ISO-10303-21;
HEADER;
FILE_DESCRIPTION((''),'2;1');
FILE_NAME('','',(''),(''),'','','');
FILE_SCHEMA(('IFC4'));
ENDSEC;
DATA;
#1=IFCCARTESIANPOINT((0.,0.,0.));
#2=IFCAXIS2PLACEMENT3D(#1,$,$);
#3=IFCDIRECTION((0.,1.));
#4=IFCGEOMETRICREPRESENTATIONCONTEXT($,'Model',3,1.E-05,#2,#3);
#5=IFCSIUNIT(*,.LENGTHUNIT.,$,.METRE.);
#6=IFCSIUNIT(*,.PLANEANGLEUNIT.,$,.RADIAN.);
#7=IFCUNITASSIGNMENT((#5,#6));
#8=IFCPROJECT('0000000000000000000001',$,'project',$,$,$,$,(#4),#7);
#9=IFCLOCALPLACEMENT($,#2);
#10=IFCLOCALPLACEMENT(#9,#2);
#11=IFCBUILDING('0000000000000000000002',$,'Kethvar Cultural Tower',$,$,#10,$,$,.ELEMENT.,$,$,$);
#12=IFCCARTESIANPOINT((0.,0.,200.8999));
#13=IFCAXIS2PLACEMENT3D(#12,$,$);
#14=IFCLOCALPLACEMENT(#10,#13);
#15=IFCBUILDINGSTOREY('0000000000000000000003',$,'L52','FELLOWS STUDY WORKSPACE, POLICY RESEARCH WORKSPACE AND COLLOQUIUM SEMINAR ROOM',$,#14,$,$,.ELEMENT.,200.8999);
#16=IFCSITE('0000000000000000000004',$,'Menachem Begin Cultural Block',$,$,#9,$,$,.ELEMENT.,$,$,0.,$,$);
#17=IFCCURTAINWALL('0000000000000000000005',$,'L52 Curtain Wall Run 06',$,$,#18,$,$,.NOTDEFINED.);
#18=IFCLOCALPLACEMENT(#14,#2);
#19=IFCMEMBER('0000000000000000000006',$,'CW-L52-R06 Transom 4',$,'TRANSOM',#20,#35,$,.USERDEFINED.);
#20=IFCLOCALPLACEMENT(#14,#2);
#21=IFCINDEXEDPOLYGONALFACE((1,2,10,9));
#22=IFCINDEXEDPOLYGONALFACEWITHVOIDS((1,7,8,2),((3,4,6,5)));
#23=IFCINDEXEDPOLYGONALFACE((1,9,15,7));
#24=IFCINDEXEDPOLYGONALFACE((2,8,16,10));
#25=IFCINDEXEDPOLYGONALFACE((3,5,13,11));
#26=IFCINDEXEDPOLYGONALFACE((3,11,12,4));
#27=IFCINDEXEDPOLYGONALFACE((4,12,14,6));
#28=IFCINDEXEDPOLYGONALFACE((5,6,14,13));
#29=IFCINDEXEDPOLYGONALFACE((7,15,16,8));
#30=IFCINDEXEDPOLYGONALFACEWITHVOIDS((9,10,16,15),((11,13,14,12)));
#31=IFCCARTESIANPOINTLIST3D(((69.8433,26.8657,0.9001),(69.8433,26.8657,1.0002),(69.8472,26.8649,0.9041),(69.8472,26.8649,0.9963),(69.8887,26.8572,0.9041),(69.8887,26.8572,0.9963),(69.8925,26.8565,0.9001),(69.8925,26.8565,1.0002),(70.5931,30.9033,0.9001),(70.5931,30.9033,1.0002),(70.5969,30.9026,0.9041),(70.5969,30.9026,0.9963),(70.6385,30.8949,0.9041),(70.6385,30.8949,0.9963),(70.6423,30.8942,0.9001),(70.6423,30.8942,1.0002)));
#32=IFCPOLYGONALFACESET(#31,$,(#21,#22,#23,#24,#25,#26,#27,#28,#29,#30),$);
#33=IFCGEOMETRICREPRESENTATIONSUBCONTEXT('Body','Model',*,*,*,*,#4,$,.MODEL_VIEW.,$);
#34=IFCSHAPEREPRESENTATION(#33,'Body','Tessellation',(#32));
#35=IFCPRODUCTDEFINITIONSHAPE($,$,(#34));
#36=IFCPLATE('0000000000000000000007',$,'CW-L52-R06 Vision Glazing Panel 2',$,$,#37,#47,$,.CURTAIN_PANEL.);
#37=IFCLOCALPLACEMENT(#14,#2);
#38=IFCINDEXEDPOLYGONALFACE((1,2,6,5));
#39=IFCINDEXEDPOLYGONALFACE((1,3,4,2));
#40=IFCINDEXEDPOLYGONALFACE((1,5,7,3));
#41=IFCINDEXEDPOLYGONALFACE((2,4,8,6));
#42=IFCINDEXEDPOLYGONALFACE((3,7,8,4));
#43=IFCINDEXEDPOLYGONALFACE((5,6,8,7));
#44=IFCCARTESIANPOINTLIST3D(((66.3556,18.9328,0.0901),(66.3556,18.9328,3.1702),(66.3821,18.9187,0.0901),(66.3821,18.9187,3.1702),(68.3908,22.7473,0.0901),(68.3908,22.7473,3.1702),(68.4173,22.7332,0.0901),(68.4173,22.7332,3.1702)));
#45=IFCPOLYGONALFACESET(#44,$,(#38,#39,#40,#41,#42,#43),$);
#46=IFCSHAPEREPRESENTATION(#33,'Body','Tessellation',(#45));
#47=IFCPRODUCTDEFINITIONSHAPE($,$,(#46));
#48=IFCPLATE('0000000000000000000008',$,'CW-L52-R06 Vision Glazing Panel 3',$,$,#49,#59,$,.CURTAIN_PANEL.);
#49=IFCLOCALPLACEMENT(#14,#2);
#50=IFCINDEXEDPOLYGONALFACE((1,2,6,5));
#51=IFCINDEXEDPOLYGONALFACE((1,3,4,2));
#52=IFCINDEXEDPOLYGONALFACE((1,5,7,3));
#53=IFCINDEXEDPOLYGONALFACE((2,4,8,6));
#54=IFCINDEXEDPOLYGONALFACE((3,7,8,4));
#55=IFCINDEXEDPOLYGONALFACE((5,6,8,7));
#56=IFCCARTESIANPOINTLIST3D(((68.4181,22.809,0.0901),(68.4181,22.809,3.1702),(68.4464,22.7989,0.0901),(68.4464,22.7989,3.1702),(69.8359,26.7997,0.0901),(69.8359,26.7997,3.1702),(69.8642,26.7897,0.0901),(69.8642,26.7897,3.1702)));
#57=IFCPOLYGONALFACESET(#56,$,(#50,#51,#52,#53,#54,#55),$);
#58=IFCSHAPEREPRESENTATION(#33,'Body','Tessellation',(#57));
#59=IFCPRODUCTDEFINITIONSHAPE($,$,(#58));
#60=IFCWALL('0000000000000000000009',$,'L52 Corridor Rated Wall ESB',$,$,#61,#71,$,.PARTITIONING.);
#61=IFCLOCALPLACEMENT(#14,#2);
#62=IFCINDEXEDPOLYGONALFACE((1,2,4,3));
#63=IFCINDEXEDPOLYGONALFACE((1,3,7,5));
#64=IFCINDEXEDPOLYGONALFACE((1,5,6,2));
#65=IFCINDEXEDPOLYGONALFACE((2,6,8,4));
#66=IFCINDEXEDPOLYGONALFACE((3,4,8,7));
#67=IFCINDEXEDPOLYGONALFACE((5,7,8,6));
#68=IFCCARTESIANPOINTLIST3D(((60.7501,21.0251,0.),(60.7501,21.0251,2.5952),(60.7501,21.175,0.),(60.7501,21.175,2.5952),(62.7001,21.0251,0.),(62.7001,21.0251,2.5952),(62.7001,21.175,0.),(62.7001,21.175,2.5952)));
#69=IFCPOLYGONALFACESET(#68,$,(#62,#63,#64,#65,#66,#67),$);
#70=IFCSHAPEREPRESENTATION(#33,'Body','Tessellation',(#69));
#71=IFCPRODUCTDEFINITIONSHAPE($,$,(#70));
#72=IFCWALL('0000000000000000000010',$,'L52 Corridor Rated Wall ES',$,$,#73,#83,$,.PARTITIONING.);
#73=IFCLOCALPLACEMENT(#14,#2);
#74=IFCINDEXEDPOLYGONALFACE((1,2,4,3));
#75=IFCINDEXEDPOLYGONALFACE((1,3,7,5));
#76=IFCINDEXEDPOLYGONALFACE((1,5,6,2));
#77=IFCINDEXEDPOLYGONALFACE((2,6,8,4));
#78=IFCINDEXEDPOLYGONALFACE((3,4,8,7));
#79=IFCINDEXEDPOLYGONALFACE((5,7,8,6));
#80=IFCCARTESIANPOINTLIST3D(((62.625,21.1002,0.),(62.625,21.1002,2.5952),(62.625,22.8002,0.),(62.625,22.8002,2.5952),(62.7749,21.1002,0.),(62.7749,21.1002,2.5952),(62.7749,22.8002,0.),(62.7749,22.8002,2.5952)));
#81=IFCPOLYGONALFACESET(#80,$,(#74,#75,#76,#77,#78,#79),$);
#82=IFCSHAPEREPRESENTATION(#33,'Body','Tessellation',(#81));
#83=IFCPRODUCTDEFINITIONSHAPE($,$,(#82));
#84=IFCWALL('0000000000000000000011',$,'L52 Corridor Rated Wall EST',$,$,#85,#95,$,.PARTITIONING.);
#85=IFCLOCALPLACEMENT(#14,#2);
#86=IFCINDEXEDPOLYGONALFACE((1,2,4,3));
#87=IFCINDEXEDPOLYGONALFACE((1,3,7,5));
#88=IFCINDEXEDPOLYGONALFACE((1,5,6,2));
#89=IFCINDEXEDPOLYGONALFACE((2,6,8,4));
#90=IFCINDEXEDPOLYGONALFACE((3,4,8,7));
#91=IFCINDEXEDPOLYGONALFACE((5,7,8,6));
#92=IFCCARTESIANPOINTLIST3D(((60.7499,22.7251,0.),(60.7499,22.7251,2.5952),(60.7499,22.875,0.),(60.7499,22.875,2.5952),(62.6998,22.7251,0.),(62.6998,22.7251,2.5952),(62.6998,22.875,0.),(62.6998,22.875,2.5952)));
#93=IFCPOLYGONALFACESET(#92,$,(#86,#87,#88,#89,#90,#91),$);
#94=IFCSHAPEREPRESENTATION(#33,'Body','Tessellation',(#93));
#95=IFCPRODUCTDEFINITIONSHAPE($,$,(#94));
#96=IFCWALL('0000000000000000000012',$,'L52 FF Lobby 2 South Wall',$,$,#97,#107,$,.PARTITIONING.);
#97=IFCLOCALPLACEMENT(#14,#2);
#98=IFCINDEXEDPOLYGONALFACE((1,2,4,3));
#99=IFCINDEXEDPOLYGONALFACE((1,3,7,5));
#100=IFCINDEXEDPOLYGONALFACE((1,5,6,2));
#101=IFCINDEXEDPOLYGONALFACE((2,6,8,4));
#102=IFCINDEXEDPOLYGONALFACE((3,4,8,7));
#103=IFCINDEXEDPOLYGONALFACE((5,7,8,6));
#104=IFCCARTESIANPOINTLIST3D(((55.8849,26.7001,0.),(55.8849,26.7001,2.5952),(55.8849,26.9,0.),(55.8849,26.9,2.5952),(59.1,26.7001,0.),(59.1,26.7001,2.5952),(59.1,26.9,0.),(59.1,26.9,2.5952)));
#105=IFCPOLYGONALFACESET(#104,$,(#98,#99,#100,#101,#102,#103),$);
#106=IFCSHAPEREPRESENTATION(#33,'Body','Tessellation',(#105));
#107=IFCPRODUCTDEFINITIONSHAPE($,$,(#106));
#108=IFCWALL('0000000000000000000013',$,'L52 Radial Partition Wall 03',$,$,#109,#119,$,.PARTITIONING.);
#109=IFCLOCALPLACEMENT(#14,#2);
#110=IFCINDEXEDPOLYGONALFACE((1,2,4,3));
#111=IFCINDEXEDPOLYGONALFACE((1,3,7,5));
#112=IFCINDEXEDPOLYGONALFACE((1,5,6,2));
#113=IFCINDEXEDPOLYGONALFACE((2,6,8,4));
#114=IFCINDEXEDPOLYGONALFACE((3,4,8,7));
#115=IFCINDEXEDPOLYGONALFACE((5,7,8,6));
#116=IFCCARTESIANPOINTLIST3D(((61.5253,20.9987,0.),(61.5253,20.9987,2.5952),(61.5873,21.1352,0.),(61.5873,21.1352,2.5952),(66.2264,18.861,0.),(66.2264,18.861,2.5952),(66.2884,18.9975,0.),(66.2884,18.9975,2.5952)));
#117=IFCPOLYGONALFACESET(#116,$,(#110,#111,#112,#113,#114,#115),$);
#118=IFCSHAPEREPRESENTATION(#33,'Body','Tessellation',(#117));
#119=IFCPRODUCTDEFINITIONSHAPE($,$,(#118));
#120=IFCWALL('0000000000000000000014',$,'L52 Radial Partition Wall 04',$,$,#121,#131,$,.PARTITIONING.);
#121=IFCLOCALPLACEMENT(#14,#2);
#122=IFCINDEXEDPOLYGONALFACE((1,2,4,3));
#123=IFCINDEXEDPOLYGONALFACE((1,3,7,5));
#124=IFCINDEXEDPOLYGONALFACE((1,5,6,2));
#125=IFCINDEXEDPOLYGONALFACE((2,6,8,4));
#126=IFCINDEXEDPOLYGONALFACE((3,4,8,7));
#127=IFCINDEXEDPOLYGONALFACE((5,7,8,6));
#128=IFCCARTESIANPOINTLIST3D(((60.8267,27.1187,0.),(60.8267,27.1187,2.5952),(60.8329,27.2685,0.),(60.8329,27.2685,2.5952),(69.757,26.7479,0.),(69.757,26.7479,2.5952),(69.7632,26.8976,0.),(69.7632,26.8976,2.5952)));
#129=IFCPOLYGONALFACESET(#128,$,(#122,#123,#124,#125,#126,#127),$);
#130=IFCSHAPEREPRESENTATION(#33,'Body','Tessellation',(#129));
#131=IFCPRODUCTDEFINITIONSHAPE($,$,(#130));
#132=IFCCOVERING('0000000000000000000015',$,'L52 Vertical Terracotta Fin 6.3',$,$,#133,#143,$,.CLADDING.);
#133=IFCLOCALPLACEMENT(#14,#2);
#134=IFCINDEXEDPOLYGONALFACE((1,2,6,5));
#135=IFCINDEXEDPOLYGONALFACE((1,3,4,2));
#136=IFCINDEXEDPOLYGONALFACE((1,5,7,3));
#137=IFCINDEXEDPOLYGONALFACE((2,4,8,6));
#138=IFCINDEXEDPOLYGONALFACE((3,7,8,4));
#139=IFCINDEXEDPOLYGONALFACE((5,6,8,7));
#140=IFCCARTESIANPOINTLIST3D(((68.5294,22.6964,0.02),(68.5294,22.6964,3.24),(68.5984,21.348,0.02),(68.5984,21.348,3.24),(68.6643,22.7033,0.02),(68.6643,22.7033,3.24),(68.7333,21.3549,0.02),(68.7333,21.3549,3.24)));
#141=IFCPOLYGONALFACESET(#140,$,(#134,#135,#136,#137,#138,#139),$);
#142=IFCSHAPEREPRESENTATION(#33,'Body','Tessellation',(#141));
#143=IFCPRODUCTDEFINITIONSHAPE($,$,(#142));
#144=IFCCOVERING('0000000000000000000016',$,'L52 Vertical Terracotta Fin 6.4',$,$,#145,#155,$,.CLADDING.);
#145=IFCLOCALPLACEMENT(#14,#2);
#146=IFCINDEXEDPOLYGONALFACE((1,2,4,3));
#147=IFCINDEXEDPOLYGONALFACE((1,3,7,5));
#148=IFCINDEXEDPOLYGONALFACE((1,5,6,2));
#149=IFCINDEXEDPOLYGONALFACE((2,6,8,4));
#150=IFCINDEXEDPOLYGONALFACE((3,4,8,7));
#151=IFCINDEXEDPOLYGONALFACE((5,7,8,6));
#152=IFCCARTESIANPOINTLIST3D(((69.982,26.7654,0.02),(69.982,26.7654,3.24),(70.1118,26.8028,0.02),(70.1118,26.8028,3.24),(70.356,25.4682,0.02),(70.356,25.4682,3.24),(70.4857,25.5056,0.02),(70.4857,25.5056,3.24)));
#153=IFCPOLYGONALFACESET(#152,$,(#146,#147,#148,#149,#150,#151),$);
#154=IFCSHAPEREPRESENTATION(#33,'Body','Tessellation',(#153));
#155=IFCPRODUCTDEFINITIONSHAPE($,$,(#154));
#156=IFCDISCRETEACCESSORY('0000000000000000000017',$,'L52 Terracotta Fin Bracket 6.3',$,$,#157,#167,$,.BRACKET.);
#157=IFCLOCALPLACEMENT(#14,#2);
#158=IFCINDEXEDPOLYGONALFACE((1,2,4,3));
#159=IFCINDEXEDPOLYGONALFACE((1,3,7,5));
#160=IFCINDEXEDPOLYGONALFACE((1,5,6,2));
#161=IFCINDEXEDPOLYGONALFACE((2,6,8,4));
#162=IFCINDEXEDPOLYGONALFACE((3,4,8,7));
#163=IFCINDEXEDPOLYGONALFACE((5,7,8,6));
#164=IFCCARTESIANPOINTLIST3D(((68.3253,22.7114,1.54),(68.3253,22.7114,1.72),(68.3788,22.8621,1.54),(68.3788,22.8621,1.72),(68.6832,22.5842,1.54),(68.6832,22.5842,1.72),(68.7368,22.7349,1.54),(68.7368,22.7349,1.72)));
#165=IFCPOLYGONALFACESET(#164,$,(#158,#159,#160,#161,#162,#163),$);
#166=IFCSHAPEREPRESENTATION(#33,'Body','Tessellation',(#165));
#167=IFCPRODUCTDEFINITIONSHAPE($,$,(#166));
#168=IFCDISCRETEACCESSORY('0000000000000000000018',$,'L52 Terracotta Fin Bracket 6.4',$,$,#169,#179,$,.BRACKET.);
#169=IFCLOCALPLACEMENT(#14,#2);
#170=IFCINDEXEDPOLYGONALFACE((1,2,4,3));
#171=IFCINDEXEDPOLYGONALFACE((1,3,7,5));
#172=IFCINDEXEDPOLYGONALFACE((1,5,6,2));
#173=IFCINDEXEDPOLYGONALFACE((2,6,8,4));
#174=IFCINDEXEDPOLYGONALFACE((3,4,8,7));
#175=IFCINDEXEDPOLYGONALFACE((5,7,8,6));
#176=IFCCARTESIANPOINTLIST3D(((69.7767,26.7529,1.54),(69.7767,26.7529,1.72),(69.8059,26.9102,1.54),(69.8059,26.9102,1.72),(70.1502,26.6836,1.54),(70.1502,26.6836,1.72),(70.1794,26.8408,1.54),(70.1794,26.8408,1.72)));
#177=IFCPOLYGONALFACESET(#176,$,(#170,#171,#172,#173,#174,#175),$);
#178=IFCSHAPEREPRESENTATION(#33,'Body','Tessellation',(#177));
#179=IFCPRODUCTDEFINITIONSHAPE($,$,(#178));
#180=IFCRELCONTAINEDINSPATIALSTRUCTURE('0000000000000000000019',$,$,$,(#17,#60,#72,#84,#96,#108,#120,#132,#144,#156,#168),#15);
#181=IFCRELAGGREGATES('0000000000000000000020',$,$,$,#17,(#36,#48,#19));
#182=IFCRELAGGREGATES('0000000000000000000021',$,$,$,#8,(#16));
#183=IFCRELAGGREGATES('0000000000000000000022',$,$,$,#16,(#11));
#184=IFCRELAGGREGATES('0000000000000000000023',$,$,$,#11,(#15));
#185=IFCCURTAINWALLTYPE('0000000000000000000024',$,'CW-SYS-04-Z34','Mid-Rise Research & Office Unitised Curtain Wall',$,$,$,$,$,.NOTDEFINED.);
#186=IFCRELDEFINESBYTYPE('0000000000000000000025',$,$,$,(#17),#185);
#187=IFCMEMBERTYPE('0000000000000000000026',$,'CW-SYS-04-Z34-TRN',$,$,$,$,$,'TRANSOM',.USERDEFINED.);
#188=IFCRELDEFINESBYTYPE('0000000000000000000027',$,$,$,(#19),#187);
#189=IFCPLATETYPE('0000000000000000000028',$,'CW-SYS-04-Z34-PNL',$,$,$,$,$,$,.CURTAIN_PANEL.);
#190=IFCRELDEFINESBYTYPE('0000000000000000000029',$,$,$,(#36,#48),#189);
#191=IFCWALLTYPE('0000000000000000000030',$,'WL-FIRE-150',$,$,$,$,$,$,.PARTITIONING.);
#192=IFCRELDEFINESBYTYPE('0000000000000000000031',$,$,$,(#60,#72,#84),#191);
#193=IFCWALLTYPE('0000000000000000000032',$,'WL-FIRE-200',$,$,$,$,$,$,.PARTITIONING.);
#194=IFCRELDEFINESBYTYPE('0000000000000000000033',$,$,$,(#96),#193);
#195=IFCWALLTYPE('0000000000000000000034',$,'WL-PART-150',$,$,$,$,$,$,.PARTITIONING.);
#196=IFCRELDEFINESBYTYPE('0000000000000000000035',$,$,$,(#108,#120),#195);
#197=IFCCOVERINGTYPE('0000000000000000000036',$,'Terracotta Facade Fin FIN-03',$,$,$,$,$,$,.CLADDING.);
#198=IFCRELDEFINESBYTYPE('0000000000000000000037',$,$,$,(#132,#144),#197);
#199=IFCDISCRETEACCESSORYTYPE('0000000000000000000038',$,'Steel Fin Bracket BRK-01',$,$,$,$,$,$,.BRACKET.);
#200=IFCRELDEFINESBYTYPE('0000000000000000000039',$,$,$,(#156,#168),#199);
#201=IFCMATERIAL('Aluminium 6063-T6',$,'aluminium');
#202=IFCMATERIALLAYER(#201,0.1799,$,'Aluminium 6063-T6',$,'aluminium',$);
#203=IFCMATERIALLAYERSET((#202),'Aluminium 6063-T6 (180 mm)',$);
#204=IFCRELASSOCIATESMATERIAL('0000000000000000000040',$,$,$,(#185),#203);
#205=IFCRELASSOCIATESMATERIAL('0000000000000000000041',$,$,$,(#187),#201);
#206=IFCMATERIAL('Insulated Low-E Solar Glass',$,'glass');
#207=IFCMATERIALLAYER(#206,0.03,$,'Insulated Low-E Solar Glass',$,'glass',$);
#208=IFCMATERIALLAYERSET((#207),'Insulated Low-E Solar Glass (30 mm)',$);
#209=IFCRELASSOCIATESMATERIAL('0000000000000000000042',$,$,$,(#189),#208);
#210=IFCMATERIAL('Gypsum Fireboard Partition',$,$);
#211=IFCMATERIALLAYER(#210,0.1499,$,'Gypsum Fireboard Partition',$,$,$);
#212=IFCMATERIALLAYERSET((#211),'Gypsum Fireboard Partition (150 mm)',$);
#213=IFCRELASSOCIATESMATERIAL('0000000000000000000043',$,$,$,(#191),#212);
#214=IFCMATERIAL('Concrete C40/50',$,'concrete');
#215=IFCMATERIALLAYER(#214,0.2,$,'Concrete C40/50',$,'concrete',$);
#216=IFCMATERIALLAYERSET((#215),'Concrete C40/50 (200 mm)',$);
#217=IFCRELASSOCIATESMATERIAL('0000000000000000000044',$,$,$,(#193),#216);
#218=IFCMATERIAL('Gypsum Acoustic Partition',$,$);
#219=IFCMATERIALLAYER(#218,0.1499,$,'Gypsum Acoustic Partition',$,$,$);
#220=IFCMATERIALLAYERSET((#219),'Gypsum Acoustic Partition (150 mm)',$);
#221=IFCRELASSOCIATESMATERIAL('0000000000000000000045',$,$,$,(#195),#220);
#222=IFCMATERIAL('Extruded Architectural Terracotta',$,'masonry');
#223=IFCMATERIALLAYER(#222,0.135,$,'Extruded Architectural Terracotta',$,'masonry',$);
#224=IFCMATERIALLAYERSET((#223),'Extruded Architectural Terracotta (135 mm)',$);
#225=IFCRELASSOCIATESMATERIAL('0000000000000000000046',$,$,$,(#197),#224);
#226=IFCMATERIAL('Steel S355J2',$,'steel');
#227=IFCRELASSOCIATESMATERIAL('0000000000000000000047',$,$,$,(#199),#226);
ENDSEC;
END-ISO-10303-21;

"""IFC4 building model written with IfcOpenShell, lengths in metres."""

from ifc_helpers import new_model, si_unit, direction, frame, frame_2d, origin, origin_2d, place, context, subcontext, project, spatial, rectangle, hollow_rectangle, extrude, source, transform, mapped, material, layer, layer_set, material_profile, profile_set, type_object, element, aggregate, save


model = new_model("IFC4")

# Units and contexts
model_context = context("Model", 3, precision=1e-05, world=origin(), true_north=direction((0.0, 1.0)))
body_context = subcontext(model_context, "Body", "Model", "MODEL_VIEW")
ifc_project = project(units=[si_unit("LENGTHUNIT", "METRE"), si_unit("PLANEANGLEUNIT", "RADIAN")], contexts=[model_context])

# Site, building, storey
site_placement = place(None, origin())
site = spatial("IfcSite", under=ifc_project, at=site_placement, Name="Menachem Begin Cultural Block", CompositionType="ELEMENT", RefElevation=0.0)
building_placement = place(site_placement, origin())
building = spatial("IfcBuilding", under=site, at=building_placement, Name="Kethvar Cultural Tower", CompositionType="ELEMENT")
storey_placement = place(building_placement, frame((0.0, 0.0, 200.8999)))
storey = spatial("IfcBuildingStorey", under=building, at=storey_placement, Name="L52", Description="FELLOWS STUDY WORKSPACE, POLICY RESEARCH WORKSPACE AND COLLOQUIUM SEMINAR ROOM", CompositionType="ELEMENT", Elevation=200.8999)

# Shared definitions
ifc_material_1 = material(Name="Steel S355J2", Category="steel")

# Curtain wall, member, plates
ifc_material_2 = material(Name="Aluminium 6063-T6", Category="aluminium")
ifc_layer_1 = layer(ifc_material_2, 0.1799, Name="Aluminium 6063-T6", Category="aluminium")
ifc_layer_set_1 = layer_set([ifc_layer_1], Name="Aluminium 6063-T6 (180 mm)")
curtain_wall_type = type_object("IfcCurtainWallType", Name="CW-SYS-04-Z34", Description="Mid-Rise Research & Office Unitised Curtain Wall", PredefinedType="NOTDEFINED", material=ifc_layer_set_1)
curtain_wall_placement = place(storey_placement, origin())
curtain_wall = element("IfcCurtainWall", 1, at=curtain_wall_placement, inside=storey, type_object=curtain_wall_type, Name="L52 Curtain Wall Run 06", PredefinedType="NOTDEFINED")
ifc_material_profile_1 = material_profile(ifc_material_2, hollow_rectangle(XDim=0.05, YDim=0.1001, WallThickness=0.0039, at=origin_2d()), Name="Aluminium 6063-T6 — RHS100x50x4")
ifc_profile_set_1 = profile_set([ifc_material_profile_1], Name="Aluminium 6063-T6 — RHS100x50x4")
member_type_1 = type_object("IfcMemberType", Name="CW-SYS-04-Z34-TRN", ElementType="TRANSOM", PredefinedType="USERDEFINED", material=ifc_profile_set_1)
shared_shape_1 = source(origin(), body_context, "Body", "SweptSolid", [
    extrude(hollow_rectangle(XDim=0.05, YDim=0.1001, WallThickness=0.0039, at=origin_2d()), origin(), (0.0, 0.0, 1.0), 4.1067),
])
member_1_placement = place(storey_placement, frame((69.8679, 26.8611, 0.9502), z_axis=(0.182572, 0.983192, 0.0), x_axis=(-0.983192, 0.182572, 0.0)))
member_1 = element("IfcMember", 2, at=member_1_placement, type_object=member_type_1, Name="CW-L52-R06 Transom 4", ObjectType="TRANSOM", PredefinedType="USERDEFINED", context=body_context, shape_type="MappedRepresentation", body=[
    mapped(shared_shape_1, transform((0.0, 0.0, 0.0), scale=1.0)),
])
ifc_material_3 = material(Name="Insulated Low-E Solar Glass", Category="glass")
ifc_layer_2 = layer(ifc_material_3, 0.03, Name="Insulated Low-E Solar Glass", Category="glass")
ifc_layer_set_2 = layer_set([ifc_layer_2], Name="Insulated Low-E Solar Glass (30 mm)")
plate_type = type_object("IfcPlateType", Name="CW-SYS-04-Z34-PNL", PredefinedType="CURTAIN_PANEL", material=ifc_layer_set_2)
shared_shape_2 = source(origin(), body_context, "Body", "SweptSolid", [
    extrude(rectangle(XDim=4.3235, YDim=0.03, at=origin_2d()), origin(), (0.0, 0.0, 1.0), 3.0801),
])
plate_1_placement = place(storey_placement, frame((67.3865, 20.833, 0.0901), z_axis=(0.0, 0.0, 1.0), x_axis=(0.470735, 0.882275, 0.0)))
plate_1 = element("IfcPlate", 3, at=plate_1_placement, type_object=plate_type, Name="CW-L52-R06 Vision Glazing Panel 2", PredefinedType="CURTAIN_PANEL", context=body_context, shape_type="MappedRepresentation", body=[
    mapped(shared_shape_2, transform((0.0, 0.0, 0.0), scale=1.0)),
])
shared_shape_3 = source(origin(), body_context, "Body", "SweptSolid", [
    extrude(rectangle(XDim=4.2351, YDim=0.03, at=origin_2d()), origin(), (0.0, 0.0, 1.0), 3.0801),
])
plate_2_placement = place(storey_placement, frame((69.1411, 24.7993, 0.0901), z_axis=(0.0, 0.0, 1.0), x_axis=(0.334777, 0.942297, 0.0)))
plate_2 = element("IfcPlate", 4, at=plate_2_placement, type_object=plate_type, Name="CW-L52-R06 Vision Glazing Panel 3", PredefinedType="CURTAIN_PANEL", context=body_context, shape_type="MappedRepresentation", body=[
    mapped(shared_shape_3, transform((0.0, 0.0, 0.0), scale=1.0)),
])
aggregate(curtain_wall, [plate_1, plate_2, member_1])

# Walls
ifc_material_4 = material(Name="Gypsum Fireboard Partition")
ifc_layer_3 = layer(ifc_material_4, 0.1499, Name="Gypsum Fireboard Partition")
ifc_layer_set_3 = layer_set([ifc_layer_3], Name="Gypsum Fireboard Partition (150 mm)")
wall_type_1 = type_object("IfcWallType", Name="WL-FIRE-150", PredefinedType="PARTITIONING", material=ifc_layer_set_3)
wall_1_placement = place(storey_placement, frame((60.75, 21.1001, 0.0), z_axis=(0.0, 0.0, 1.0), x_axis=(1.0, 0.0, 0.0)))
element("IfcWall", 5, at=wall_1_placement, inside=storey, type_object=wall_type_1, Name="L52 Corridor Rated Wall ESB", PredefinedType="PARTITIONING", context=body_context, shape_type="SweptSolid", body=[
    extrude(rectangle(XDim=1.95, YDim=0.1499, at=frame_2d((0.9751, 0.0))), origin(), (0.0, 0.0, 1.0), 2.5952),
])
wall_2_placement = place(storey_placement, frame((62.7, 21.1001, 0.0), z_axis=(0.0, 0.0, 1.0), x_axis=(0.0, 1.0, 0.0)))
element("IfcWall", 6, at=wall_2_placement, inside=storey, type_object=wall_type_1, Name="L52 Corridor Rated Wall ES", PredefinedType="PARTITIONING", context=body_context, shape_type="SweptSolid", body=[
    extrude(rectangle(XDim=1.7, YDim=0.1499, at=frame_2d((0.8501, 0.0))), origin(), (0.0, 0.0, 1.0), 2.5952),
])
wall_3_placement = place(storey_placement, frame((62.7, 22.8, 0.0), z_axis=(0.0, 0.0, 1.0), x_axis=(-1.0, 0.0, 0.0)))
element("IfcWall", 7, at=wall_3_placement, inside=storey, type_object=wall_type_1, Name="L52 Corridor Rated Wall EST", PredefinedType="PARTITIONING", context=body_context, shape_type="SweptSolid", body=[
    extrude(rectangle(XDim=1.95, YDim=0.1499, at=frame_2d((0.9751, 0.0))), origin(), (0.0, 0.0, 1.0), 2.5952),
])

# Shared definitions
ifc_material_5 = material(Name="Concrete C40/50", Category="concrete")
ifc_layer_4 = layer(ifc_material_5, 0.2, Name="Concrete C40/50", Category="concrete")
ifc_layer_set_4 = layer_set([ifc_layer_4], Name="Concrete C40/50 (200 mm)")
wall_type_2 = type_object("IfcWallType", Name="WL-FIRE-200", PredefinedType="PARTITIONING", material=ifc_layer_set_4)

# Walls
wall_4_placement = place(storey_placement, frame((55.885, 26.8, 0.0), z_axis=(0.0, 0.0, 1.0), x_axis=(1.0, 0.0, 0.0)))
element("IfcWall", 8, at=wall_4_placement, inside=storey, type_object=wall_type_2, Name="L52 FF Lobby 2 South Wall", PredefinedType="PARTITIONING", context=body_context, shape_type="SweptSolid", body=[
    extrude(rectangle(XDim=3.2151, YDim=0.2, at=frame_2d((1.6074, 0.0))), origin(), (0.0, 0.0, 1.0), 2.5952),
])
ifc_material_6 = material(Name="Gypsum Acoustic Partition")
ifc_layer_5 = layer(ifc_material_6, 0.1499, Name="Gypsum Acoustic Partition")
ifc_layer_set_5 = layer_set([ifc_layer_5], Name="Gypsum Acoustic Partition (150 mm)")
wall_type_3 = type_object("IfcWallType", Name="WL-PART-150", PredefinedType="PARTITIONING", material=ifc_layer_set_5)
wall_5_placement = place(storey_placement, frame((61.5564, 21.0669, 0.0), z_axis=(0.0, 0.0, 1.0), x_axis=(0.910308, -0.413931, 0.0)))
element("IfcWall", 9, at=wall_5_placement, inside=storey, type_object=wall_type_3, Name="L52 Radial Partition Wall 03", PredefinedType="PARTITIONING", context=body_context, shape_type="SweptSolid", body=[
    extrude(rectangle(XDim=5.1643, YDim=0.1499, at=frame_2d((2.582, 0.0))), origin(), (0.0, 0.0, 1.0), 2.5952),
])
wall_6_placement = place(storey_placement, frame((60.8298, 27.1936, 0.0), z_axis=(0.0, 0.0, 1.0), x_axis=(0.999139, -0.041492, 0.0)))
element("IfcWall", 10, at=wall_6_placement, inside=storey, type_object=wall_type_3, Name="L52 Radial Partition Wall 04", PredefinedType="PARTITIONING", context=body_context, shape_type="SweptSolid", body=[
    extrude(rectangle(XDim=8.938, YDim=0.1499, at=frame_2d((4.469, 0.0))), origin(), (0.0, 0.0, 1.0), 2.5952),
])

# Coverings
ifc_material_7 = material(Name="Extruded Architectural Terracotta", Category="masonry")
ifc_layer_6 = layer(ifc_material_7, 0.135, Name="Extruded Architectural Terracotta", Category="masonry")
ifc_layer_set_6 = layer_set([ifc_layer_6], Name="Extruded Architectural Terracotta (135 mm)")
covering_type = type_object("IfcCoveringType", Name="Terracotta Facade Fin FIN-03", PredefinedType="CLADDING", material=ifc_layer_set_6)
shared_shape_4 = source(origin(), body_context, "Body", "SweptSolid", [
    extrude(rectangle(XDim=1.3501, YDim=0.135, at=origin_2d()), origin(), (0.0, 0.0, 1.0), 3.22),
])
for number, where, z_axis, x_axis, name in (
    (11, (68.6313, 22.0256, 0.02), (0.0, 0.0, 1.0), (0.051116, -0.998693, 0.0), "L52 Vertical Terracotta Fin 6.3"),
    (12, (70.2339, 26.1355, 0.02), (0.0, 0.0, 1.0), (0.276979, -0.960876, 0.0), "L52 Vertical Terracotta Fin 6.4"),
):
    element("IfcCovering", number, at=place(storey_placement, frame(where, z_axis=z_axis, x_axis=x_axis)), inside=storey, type_object=covering_type, Name=name, PredefinedType="CLADDING", context=body_context, shape_type="MappedRepresentation", body=[
        mapped(shared_shape_4, transform((0.0, 0.0, 0.0), scale=1.0)),
    ])

# Discrete accessories
discrete_accessory_type = type_object("IfcDiscreteAccessoryType", Name="Steel Fin Bracket BRK-01", PredefinedType="BRACKET", material=ifc_material_1)
shared_shape_5 = source(origin(), body_context, "Body", "SweptSolid", [
    extrude(rectangle(XDim=0.3799, YDim=0.1599, at=origin_2d()), origin(), (0.0, 0.0, 1.0), 0.1799),
])
for number, where, z_axis, x_axis, name in (
    (13, (68.531, 22.7231, 1.54), (0.0, 0.0, 1.0), (0.942291, -0.334794, 0.0), "L52 Terracotta Fin Bracket 6.3"),
    (14, (69.978, 26.7969, 1.54), (0.0, 0.0, 1.0), (0.983191, -0.182579, 0.0), "L52 Terracotta Fin Bracket 6.4"),
):
    element("IfcDiscreteAccessory", number, at=place(storey_placement, frame(where, z_axis=z_axis, x_axis=x_axis)), inside=storey, type_object=discrete_accessory_type, Name=name, PredefinedType="BRACKET", context=body_context, shape_type="MappedRepresentation", body=[
        mapped(shared_shape_5, transform((0.0, 0.0, 0.0), scale=1.0)),
    ])

save(model, "model.ifc")
